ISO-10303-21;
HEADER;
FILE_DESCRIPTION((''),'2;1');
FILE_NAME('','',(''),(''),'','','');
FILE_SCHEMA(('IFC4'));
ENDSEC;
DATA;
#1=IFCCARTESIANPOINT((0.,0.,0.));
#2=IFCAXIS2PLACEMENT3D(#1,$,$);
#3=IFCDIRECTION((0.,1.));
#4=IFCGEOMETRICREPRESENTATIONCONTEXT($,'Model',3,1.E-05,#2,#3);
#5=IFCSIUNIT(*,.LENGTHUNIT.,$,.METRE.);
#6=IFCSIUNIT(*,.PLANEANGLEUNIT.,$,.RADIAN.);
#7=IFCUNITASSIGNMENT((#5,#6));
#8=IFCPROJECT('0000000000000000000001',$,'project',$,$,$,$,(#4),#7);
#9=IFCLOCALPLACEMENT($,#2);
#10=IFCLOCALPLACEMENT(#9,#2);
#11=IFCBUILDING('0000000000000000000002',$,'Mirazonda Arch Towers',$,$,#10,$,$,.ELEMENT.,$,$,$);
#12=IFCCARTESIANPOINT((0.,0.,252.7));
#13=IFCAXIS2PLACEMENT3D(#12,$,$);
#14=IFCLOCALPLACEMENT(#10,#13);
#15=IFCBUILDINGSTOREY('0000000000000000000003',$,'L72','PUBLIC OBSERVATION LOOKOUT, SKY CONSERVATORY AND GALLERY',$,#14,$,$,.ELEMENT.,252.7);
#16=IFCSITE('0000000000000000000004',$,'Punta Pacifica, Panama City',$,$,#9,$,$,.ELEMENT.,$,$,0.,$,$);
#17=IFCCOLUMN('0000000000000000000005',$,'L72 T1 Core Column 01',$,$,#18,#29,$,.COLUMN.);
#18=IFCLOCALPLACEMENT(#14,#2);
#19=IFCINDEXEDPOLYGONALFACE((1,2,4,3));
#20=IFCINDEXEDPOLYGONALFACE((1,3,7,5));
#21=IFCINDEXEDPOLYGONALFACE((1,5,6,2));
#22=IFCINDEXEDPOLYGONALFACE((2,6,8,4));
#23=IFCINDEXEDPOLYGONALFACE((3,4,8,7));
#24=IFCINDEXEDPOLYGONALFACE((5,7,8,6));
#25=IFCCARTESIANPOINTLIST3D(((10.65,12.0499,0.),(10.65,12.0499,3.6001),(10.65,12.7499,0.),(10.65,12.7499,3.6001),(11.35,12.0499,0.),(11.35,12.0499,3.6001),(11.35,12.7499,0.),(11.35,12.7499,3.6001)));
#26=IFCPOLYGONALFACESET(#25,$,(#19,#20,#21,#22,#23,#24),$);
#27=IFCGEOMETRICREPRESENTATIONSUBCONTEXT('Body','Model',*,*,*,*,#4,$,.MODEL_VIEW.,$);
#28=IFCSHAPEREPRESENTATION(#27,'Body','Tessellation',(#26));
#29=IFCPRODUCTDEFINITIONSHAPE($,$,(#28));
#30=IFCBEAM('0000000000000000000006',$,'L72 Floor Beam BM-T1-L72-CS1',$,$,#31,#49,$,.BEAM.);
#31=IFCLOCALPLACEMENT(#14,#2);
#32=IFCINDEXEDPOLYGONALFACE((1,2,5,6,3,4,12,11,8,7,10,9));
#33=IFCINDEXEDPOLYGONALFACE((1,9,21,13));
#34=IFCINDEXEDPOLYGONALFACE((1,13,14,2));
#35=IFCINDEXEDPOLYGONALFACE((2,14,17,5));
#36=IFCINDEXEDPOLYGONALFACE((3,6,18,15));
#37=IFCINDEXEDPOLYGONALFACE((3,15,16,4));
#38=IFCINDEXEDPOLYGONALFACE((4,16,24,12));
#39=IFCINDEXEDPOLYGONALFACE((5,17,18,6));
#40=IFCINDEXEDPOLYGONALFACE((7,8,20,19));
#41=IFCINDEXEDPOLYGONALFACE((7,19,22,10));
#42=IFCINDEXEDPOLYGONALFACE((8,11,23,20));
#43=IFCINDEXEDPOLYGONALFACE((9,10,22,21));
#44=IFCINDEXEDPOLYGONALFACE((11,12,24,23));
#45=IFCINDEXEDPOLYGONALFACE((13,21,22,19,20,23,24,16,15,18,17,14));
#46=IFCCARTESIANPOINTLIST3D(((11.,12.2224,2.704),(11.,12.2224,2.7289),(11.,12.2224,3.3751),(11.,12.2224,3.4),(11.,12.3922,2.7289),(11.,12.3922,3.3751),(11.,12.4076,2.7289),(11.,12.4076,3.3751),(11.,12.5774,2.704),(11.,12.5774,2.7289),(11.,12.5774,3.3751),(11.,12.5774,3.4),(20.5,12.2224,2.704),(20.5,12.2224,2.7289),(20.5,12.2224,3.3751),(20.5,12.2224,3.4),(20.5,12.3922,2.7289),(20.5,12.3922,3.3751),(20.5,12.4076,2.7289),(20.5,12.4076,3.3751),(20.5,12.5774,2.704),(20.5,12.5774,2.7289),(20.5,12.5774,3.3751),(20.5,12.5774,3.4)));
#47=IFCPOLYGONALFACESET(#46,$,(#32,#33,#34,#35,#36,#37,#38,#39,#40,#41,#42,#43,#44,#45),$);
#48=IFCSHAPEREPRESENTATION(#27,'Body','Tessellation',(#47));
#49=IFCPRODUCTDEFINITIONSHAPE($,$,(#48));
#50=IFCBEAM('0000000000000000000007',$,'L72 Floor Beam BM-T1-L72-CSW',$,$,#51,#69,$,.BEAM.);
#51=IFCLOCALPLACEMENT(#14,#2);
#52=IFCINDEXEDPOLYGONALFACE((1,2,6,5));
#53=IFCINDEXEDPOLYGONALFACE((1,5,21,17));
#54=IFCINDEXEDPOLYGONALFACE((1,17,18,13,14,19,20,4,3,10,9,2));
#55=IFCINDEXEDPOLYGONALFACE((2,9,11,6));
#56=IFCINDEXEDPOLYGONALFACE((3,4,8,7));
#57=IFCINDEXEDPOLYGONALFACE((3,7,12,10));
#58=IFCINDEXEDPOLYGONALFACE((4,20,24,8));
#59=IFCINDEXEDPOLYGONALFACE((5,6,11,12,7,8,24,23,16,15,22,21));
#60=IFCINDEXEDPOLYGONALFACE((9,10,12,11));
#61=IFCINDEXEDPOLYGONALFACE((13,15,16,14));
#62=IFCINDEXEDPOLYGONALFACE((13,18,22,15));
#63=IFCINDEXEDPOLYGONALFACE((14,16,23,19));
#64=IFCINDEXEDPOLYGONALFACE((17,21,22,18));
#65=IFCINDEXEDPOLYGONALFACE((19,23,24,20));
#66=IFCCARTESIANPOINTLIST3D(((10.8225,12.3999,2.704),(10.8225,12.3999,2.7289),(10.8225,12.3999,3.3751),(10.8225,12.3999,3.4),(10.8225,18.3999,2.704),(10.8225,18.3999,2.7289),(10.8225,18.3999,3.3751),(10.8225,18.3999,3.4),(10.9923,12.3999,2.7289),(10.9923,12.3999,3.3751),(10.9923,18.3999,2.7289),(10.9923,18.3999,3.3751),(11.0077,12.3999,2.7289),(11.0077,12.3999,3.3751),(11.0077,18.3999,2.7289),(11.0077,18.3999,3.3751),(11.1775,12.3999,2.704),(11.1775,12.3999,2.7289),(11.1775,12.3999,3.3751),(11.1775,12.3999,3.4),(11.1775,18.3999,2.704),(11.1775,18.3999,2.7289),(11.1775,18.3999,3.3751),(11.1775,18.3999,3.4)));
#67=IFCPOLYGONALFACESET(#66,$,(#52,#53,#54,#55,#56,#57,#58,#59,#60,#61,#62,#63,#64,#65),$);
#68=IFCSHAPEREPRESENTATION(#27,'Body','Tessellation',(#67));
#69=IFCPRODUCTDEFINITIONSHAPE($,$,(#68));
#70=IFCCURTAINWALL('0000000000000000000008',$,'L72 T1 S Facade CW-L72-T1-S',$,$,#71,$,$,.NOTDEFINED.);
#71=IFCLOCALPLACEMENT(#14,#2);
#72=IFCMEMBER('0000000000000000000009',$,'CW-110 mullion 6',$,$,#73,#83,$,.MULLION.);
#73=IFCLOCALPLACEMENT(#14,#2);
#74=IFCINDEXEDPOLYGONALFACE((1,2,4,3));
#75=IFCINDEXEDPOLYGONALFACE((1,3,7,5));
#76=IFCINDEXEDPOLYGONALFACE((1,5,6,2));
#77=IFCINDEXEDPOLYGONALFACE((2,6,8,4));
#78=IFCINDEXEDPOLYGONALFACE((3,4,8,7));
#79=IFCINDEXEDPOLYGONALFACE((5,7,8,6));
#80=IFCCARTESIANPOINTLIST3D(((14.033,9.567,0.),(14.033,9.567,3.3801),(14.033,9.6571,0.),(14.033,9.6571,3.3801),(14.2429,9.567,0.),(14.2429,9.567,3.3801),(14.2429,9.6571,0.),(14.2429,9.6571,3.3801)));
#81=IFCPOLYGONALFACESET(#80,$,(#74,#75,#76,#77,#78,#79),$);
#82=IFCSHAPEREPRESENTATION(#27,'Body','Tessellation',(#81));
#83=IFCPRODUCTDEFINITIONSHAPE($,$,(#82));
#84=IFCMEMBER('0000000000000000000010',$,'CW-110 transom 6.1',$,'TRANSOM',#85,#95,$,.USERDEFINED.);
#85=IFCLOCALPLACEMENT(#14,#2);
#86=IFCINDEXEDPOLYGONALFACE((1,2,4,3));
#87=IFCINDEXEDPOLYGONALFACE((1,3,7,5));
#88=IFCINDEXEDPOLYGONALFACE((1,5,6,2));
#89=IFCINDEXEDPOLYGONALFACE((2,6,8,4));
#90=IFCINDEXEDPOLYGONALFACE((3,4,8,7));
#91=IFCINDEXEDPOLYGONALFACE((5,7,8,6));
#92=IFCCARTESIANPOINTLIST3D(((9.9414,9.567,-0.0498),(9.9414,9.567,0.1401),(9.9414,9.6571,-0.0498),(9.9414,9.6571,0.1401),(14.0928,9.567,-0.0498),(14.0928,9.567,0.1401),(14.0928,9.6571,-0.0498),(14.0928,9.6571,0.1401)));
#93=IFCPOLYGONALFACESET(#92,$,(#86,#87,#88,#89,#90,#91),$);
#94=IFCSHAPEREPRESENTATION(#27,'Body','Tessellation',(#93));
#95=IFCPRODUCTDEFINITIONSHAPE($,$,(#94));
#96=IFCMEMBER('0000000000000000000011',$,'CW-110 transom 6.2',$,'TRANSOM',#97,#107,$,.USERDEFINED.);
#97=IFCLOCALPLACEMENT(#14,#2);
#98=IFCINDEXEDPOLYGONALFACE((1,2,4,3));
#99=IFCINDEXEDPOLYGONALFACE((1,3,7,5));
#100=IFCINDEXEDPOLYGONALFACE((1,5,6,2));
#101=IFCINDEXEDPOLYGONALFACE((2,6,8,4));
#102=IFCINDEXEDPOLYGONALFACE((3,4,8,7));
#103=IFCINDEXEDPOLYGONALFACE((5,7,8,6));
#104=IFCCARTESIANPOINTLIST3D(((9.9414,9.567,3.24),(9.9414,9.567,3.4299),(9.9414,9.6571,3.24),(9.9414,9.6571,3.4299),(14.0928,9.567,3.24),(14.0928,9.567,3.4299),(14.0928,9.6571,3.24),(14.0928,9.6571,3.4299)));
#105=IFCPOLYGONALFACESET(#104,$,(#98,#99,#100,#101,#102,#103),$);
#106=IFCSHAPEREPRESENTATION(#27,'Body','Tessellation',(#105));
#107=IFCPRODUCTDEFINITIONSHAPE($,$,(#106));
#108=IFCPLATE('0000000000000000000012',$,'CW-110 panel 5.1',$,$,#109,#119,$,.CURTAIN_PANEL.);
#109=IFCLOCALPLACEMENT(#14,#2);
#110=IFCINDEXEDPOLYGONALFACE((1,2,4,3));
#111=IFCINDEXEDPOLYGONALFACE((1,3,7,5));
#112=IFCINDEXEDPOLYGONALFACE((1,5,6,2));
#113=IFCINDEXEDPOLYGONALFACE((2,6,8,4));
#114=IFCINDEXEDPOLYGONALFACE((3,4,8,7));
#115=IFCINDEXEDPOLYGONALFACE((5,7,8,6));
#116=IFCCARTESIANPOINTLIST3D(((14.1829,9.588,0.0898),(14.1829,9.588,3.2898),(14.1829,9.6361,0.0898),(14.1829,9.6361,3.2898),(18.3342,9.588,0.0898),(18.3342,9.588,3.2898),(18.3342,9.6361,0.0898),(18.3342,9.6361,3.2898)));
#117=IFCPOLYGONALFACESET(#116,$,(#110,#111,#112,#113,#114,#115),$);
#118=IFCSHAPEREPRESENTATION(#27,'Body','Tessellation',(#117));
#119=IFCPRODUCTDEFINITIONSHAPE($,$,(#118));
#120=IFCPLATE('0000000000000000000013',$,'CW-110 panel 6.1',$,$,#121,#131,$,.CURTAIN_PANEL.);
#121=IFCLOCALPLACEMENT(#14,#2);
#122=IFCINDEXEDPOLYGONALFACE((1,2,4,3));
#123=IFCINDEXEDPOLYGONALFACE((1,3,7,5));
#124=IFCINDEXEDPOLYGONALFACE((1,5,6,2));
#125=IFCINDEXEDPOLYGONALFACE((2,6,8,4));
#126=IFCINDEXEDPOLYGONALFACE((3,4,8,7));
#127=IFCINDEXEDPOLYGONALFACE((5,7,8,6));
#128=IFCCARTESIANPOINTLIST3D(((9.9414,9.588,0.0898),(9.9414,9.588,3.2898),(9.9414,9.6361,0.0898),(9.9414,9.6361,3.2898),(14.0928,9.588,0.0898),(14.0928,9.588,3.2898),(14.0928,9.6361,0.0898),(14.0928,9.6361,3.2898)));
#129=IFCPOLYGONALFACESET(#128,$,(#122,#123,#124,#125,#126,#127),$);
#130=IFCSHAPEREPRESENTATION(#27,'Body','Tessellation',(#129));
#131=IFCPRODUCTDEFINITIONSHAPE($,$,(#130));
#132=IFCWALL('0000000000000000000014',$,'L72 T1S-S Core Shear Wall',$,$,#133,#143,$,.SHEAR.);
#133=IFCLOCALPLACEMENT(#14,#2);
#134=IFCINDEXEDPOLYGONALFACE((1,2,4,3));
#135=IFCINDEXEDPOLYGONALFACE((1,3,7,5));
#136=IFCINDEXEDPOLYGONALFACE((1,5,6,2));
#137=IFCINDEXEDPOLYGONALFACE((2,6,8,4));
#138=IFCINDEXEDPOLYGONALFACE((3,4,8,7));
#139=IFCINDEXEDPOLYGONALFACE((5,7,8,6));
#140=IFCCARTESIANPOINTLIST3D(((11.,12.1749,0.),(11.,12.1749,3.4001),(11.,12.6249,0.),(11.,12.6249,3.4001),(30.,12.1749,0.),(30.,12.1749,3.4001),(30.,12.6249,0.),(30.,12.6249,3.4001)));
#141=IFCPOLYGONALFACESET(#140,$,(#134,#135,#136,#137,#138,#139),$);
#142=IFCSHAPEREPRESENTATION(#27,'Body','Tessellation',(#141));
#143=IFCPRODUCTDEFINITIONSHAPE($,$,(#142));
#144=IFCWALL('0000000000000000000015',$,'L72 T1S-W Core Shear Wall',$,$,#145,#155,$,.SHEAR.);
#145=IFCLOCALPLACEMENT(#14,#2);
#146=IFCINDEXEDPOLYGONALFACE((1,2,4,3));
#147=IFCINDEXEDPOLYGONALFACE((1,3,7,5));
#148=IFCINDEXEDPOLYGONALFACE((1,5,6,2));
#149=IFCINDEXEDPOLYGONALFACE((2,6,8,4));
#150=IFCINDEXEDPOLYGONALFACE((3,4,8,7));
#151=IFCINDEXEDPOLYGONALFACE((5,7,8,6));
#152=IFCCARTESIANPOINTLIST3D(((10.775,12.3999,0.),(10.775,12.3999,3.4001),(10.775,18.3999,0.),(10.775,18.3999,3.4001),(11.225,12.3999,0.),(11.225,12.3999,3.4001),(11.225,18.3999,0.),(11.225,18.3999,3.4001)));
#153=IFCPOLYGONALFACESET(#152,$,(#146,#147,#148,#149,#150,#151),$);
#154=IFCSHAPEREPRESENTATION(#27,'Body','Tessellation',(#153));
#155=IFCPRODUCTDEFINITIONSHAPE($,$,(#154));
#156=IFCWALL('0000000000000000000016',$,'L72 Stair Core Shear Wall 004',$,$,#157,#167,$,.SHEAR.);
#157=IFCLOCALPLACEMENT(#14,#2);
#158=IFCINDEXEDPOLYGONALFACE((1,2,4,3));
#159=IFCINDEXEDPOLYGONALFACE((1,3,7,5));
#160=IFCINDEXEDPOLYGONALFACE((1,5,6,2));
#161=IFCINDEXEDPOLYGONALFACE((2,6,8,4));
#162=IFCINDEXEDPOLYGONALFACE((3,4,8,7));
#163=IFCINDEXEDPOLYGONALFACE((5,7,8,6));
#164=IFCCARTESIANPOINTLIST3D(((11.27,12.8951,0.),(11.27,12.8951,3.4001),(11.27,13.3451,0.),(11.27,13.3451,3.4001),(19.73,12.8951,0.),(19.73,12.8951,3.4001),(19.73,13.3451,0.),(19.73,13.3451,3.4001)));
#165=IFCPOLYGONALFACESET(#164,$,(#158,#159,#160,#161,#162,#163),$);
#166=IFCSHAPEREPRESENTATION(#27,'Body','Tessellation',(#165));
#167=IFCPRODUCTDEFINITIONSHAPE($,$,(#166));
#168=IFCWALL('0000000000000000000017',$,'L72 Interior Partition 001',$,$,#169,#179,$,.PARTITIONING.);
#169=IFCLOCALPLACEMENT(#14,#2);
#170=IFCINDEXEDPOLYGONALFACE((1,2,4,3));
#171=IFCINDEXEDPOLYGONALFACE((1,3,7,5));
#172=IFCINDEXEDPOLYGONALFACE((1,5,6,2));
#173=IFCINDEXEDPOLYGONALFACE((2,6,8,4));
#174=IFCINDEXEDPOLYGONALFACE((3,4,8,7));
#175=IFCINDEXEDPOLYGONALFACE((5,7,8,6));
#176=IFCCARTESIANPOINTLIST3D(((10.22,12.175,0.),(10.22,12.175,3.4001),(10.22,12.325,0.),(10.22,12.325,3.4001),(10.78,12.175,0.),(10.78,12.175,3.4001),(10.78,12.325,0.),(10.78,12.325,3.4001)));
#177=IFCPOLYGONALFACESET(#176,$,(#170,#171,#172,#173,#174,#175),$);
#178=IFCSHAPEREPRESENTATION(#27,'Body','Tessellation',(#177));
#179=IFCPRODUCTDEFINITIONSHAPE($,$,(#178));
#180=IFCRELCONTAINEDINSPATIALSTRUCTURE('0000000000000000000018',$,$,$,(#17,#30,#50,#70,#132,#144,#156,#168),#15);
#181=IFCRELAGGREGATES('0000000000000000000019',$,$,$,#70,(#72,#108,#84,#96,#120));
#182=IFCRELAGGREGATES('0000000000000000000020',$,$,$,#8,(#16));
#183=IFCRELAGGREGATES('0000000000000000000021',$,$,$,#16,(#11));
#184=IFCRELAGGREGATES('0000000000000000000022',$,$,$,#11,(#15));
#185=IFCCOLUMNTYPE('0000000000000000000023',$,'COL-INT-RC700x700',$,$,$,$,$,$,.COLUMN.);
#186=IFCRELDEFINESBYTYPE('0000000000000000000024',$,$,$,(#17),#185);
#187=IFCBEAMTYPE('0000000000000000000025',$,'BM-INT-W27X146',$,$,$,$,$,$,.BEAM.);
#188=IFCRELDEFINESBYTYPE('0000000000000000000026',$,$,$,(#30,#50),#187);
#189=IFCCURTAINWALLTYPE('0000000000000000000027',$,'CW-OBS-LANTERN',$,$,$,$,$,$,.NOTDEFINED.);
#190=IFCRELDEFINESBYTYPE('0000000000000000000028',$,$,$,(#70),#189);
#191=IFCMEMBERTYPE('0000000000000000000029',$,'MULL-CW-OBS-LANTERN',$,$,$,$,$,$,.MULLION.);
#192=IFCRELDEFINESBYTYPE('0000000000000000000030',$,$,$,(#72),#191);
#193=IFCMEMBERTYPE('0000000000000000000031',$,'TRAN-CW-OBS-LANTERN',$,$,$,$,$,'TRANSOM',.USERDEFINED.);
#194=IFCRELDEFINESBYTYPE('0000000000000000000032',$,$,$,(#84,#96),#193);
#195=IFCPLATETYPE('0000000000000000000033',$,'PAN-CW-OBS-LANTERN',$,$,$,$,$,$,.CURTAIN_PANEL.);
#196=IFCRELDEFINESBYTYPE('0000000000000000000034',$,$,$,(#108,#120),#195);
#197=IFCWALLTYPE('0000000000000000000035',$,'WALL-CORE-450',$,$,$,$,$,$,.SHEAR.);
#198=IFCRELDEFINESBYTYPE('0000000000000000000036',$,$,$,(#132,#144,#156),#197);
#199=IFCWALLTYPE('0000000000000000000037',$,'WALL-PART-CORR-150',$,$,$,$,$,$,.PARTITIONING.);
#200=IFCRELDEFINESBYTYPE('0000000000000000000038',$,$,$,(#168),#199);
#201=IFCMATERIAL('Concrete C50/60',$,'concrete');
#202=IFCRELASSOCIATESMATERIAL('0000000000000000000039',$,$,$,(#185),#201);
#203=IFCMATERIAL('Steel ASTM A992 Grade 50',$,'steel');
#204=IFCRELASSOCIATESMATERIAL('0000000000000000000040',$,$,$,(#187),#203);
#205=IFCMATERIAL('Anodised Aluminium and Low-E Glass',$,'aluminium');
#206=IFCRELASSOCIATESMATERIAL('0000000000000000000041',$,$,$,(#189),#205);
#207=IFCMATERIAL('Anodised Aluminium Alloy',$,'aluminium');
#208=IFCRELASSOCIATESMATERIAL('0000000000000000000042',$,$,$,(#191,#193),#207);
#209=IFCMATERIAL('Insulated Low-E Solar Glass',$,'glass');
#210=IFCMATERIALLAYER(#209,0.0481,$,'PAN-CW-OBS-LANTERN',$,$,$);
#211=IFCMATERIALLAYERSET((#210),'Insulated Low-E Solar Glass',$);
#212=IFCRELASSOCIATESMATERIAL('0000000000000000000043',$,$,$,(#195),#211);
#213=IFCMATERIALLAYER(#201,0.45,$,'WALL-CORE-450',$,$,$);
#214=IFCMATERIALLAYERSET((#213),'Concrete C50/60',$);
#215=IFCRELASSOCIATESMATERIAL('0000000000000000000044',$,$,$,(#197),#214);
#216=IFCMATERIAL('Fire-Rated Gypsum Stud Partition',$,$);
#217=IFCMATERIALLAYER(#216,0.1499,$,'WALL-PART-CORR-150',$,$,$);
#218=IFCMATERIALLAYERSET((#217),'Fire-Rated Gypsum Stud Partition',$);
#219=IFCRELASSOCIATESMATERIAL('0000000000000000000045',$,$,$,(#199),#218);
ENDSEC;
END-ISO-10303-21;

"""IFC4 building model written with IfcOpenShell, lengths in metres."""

from ifc_helpers import new_model, si_unit, direction, frame, frame_2d, origin, origin_2d, place, context, subcontext, project, spatial, rectangle, i_section, extrude, material, layer, layer_set, material_profile, profile_set, type_object, element, aggregate, save


model = new_model("IFC4")

# Units and contexts
model_context = context("Model", 3, precision=1e-05, world=origin(), true_north=direction((0.0, 1.0)))
body_context = subcontext(model_context, "Body", "Model", "MODEL_VIEW")
ifc_project = project(units=[si_unit("LENGTHUNIT", "METRE"), si_unit("PLANEANGLEUNIT", "RADIAN")], contexts=[model_context])

# Site, building, storey
site_placement = place(None, origin())
site = spatial("IfcSite", under=ifc_project, at=site_placement, Name="Punta Pacifica, Panama City", CompositionType="ELEMENT", RefElevation=0.0)
building_placement = place(site_placement, origin())
building = spatial("IfcBuilding", under=site, at=building_placement, Name="Mirazonda Arch Towers", CompositionType="ELEMENT")
storey_placement = place(building_placement, frame((0.0, 0.0, 252.7)))
storey = spatial("IfcBuildingStorey", under=building, at=storey_placement, Name="L72", Description="PUBLIC OBSERVATION LOOKOUT, SKY CONSERVATORY AND GALLERY", CompositionType="ELEMENT", Elevation=252.7)

# Column
ifc_material_1 = material(Name="Concrete C50/60", Category="concrete")
ifc_material_profile_1 = material_profile(ifc_material_1, rectangle(XDim=0.7, YDim=0.7, at=origin_2d()), Name="RC700x700")
ifc_profile_set_1 = profile_set([ifc_material_profile_1], Name="Concrete C50/60")
column_type = type_object("IfcColumnType", Name="COL-INT-RC700x700", PredefinedType="COLUMN", material=ifc_profile_set_1)
column_placement = place(storey_placement, frame((11.0, 12.3999, 0.0), z_axis=(0.0, 0.0, 1.0), x_axis=(1.0, 0.0, 0.0)))
element("IfcColumn", 1, at=column_placement, inside=storey, type_object=column_type, Name="L72 T1 Core Column 01", PredefinedType="COLUMN", context=body_context, shape_type="SweptSolid", body=[
    extrude(rectangle(XDim=0.7, YDim=0.7, at=origin_2d()), origin(), (0.0, 0.0, 1.0), 3.6001),
])

# Beams
ifc_material_2 = material(Name="Steel ASTM A992 Grade 50", Category="steel")
ifc_material_profile_2 = material_profile(ifc_material_2, i_section(OverallWidth=0.355, OverallDepth=0.696, WebThickness=0.0154, FlangeThickness=0.0249, at=origin_2d()), Name="W27X146")
ifc_profile_set_2 = profile_set([ifc_material_profile_2], Name="Steel ASTM A992 Grade 50")
beam_type = type_object("IfcBeamType", Name="BM-INT-W27X146", PredefinedType="BEAM", material=ifc_profile_set_2)
beam_1_placement = place(storey_placement, frame((11.0, 12.3999, 3.052), z_axis=(1.0, 0.0, 0.0), x_axis=(0.0, 1.0, 0.0)))
element("IfcBeam", 2, at=beam_1_placement, inside=storey, type_object=beam_type, Name="L72 Floor Beam BM-T1-L72-CS1", PredefinedType="BEAM", context=body_context, shape_type="SweptSolid", body=[
    extrude(i_section(OverallWidth=0.355, OverallDepth=0.696, WebThickness=0.0154, FlangeThickness=0.0249, at=origin_2d()), origin(), (0.0, 0.0, 1.0), 9.5),
])
beam_2_placement = place(storey_placement, frame((11.0, 12.3999, 3.052), z_axis=(0.0, 1.0, 0.0), x_axis=(-1.0, 0.0, 0.0)))
element("IfcBeam", 3, at=beam_2_placement, inside=storey, type_object=beam_type, Name="L72 Floor Beam BM-T1-L72-CSW", PredefinedType="BEAM", context=body_context, shape_type="SweptSolid", body=[
    extrude(i_section(OverallWidth=0.355, OverallDepth=0.696, WebThickness=0.0154, FlangeThickness=0.0249, at=origin_2d()), origin(), (0.0, 0.0, 1.0), 6.0),
])

# Curtain wall, members, plates
ifc_material_3 = material(Name="Anodised Aluminium and Low-E Glass", Category="aluminium")
curtain_wall_type = type_object("IfcCurtainWallType", Name="CW-OBS-LANTERN", PredefinedType="NOTDEFINED", material=ifc_material_3)
curtain_wall_placement = place(storey_placement, origin())
curtain_wall = element("IfcCurtainWall", 4, at=curtain_wall_placement, inside=storey, type_object=curtain_wall_type, Name="L72 T1 S Facade CW-L72-T1-S", PredefinedType="NOTDEFINED")
ifc_material_4 = material(Name="Anodised Aluminium Alloy", Category="aluminium")
ifc_material_profile_3 = material_profile(ifc_material_4, rectangle(XDim=0.0901, YDim=0.21, at=origin_2d()), Name="ALU-MULL-90x210")
ifc_profile_set_3 = profile_set([ifc_material_profile_3], Name="Anodised Aluminium Alloy")
member_type_1 = type_object("IfcMemberType", Name="MULL-CW-OBS-LANTERN", PredefinedType="MULLION", material=ifc_profile_set_3)
member_1_placement = place(storey_placement, frame((14.1379, 9.6121, 0.0), z_axis=(0.0, 0.0, 1.0), x_axis=(0.0, -1.0, 0.0)))
member_1 = element("IfcMember", 5, at=member_1_placement, type_object=member_type_1, Name="CW-110 mullion 6", PredefinedType="MULLION", context=body_context, shape_type="SweptSolid", body=[
    extrude(rectangle(XDim=0.0901, YDim=0.21, at=origin_2d()), origin(), (0.0, 0.0, 1.0), 3.3801),
])
ifc_material_profile_4 = material_profile(ifc_material_4, rectangle(XDim=0.0901, YDim=0.1899, at=origin_2d()), Name="ALU-TRAN-90x190")
ifc_profile_set_4 = profile_set([ifc_material_profile_4], Name="Anodised Aluminium Alloy")
member_type_2 = type_object("IfcMemberType", Name="TRAN-CW-OBS-LANTERN", ElementType="TRANSOM", PredefinedType="USERDEFINED", material=ifc_profile_set_4)
member_2_placement = place(storey_placement, frame((14.0928, 9.6121, 0.0452), z_axis=(-1.0, 0.0, 0.0), x_axis=(0.0, -1.0, 0.0)))
member_2 = element("IfcMember", 6, at=member_2_placement, type_object=member_type_2, Name="CW-110 transom 6.1", ObjectType="TRANSOM", PredefinedType="USERDEFINED", context=body_context, shape_type="SweptSolid", body=[
    extrude(rectangle(XDim=0.0901, YDim=0.1899, at=origin_2d()), origin(), (0.0, 0.0, 1.0), 4.1514),
])
member_3_placement = place(storey_placement, frame((14.0928, 9.6121, 3.335), z_axis=(-1.0, 0.0, 0.0), x_axis=(0.0, -1.0, 0.0)))
member_3 = element("IfcMember", 7, at=member_3_placement, type_object=member_type_2, Name="CW-110 transom 6.2", ObjectType="TRANSOM", PredefinedType="USERDEFINED", context=body_context, shape_type="SweptSolid", body=[
    extrude(rectangle(XDim=0.0901, YDim=0.1899, at=origin_2d()), origin(), (0.0, 0.0, 1.0), 4.1514),
])
ifc_material_5 = material(Name="Insulated Low-E Solar Glass", Category="glass")
ifc_layer_1 = layer(ifc_material_5, 0.0481, Name="PAN-CW-OBS-LANTERN")
ifc_layer_set_1 = layer_set([ifc_layer_1], Name="Insulated Low-E Solar Glass")
plate_type = type_object("IfcPlateType", Name="PAN-CW-OBS-LANTERN", PredefinedType="CURTAIN_PANEL", material=ifc_layer_set_1)
plate_1_placement = place(storey_placement, frame((16.2585, 9.6121, 0.0898), z_axis=(0.0, 0.0, 1.0), x_axis=(-1.0, 0.0, 0.0)))
plate_1 = element("IfcPlate", 8, at=plate_1_placement, type_object=plate_type, Name="CW-110 panel 5.1", PredefinedType="CURTAIN_PANEL", context=body_context, shape_type="SweptSolid", body=[
    extrude(rectangle(XDim=4.1514, YDim=0.0481, at=origin_2d()), origin(), (0.0, 0.0, 1.0), 3.2),
])
plate_2_placement = place(storey_placement, frame((12.0171, 9.6121, 0.0898), z_axis=(0.0, 0.0, 1.0), x_axis=(-1.0, 0.0, 0.0)))
plate_2 = element("IfcPlate", 9, at=plate_2_placement, type_object=plate_type, Name="CW-110 panel 6.1", PredefinedType="CURTAIN_PANEL", context=body_context, shape_type="SweptSolid", body=[
    extrude(rectangle(XDim=4.1514, YDim=0.0481, at=origin_2d()), origin(), (0.0, 0.0, 1.0), 3.2),
])
aggregate(curtain_wall, [member_1, plate_1, member_2, member_3, plate_2])

# Walls
ifc_layer_2 = layer(ifc_material_1, 0.45, Name="WALL-CORE-450")
ifc_layer_set_2 = layer_set([ifc_layer_2], Name="Concrete C50/60")
wall_type_1 = type_object("IfcWallType", Name="WALL-CORE-450", PredefinedType="SHEAR", material=ifc_layer_set_2)
wall_1_placement = place(storey_placement, frame((11.0, 12.3999, 0.0), z_axis=(0.0, 0.0, 1.0), x_axis=(1.0, 0.0, 0.0)))
element("IfcWall", 10, at=wall_1_placement, inside=storey, type_object=wall_type_1, Name="L72 T1S-S Core Shear Wall", PredefinedType="SHEAR", context=body_context, shape_type="SweptSolid", body=[
    extrude(rectangle(XDim=19.0, YDim=0.45, at=frame_2d((9.5, 0.0))), origin(), (0.0, 0.0, 1.0), 3.4001),
])
wall_2_placement = place(storey_placement, frame((11.0, 12.3999, 0.0), z_axis=(0.0, 0.0, 1.0), x_axis=(0.0, 1.0, 0.0)))
element("IfcWall", 11, at=wall_2_placement, inside=storey, type_object=wall_type_1, Name="L72 T1S-W Core Shear Wall", PredefinedType="SHEAR", context=body_context, shape_type="SweptSolid", body=[
    extrude(rectangle(XDim=6.0, YDim=0.45, at=frame_2d((3.0, 0.0))), origin(), (0.0, 0.0, 1.0), 3.4001),
])
wall_3_placement = place(storey_placement, frame((11.27, 13.1201, 0.0), z_axis=(0.0, 0.0, 1.0), x_axis=(1.0, 0.0, 0.0)))
element("IfcWall", 12, at=wall_3_placement, inside=storey, type_object=wall_type_1, Name="L72 Stair Core Shear Wall 004", PredefinedType="SHEAR", context=body_context, shape_type="SweptSolid", body=[
    extrude(rectangle(XDim=8.46, YDim=0.45, at=frame_2d((4.23, 0.0))), origin(), (0.0, 0.0, 1.0), 3.4001),
])
ifc_material_6 = material(Name="Fire-Rated Gypsum Stud Partition")
ifc_layer_3 = layer(ifc_material_6, 0.1499, Name="WALL-PART-CORR-150")
ifc_layer_set_3 = layer_set([ifc_layer_3], Name="Fire-Rated Gypsum Stud Partition")
wall_type_2 = type_object("IfcWallType", Name="WALL-PART-CORR-150", PredefinedType="PARTITIONING", material=ifc_layer_set_3)
wall_4_placement = place(storey_placement, frame((10.22, 12.25, 0.0), z_axis=(0.0, 0.0, 1.0), x_axis=(1.0, 0.0, 0.0)))
element("IfcWall", 13, at=wall_4_placement, inside=storey, type_object=wall_type_2, Name="L72 Interior Partition 001", PredefinedType="PARTITIONING", context=body_context, shape_type="SweptSolid", body=[
    extrude(rectangle(XDim=0.5601, YDim=0.1499, at=frame_2d((0.28, 0.0))), origin(), (0.0, 0.0, 1.0), 3.4001),
])

save(model, "model.ifc")
